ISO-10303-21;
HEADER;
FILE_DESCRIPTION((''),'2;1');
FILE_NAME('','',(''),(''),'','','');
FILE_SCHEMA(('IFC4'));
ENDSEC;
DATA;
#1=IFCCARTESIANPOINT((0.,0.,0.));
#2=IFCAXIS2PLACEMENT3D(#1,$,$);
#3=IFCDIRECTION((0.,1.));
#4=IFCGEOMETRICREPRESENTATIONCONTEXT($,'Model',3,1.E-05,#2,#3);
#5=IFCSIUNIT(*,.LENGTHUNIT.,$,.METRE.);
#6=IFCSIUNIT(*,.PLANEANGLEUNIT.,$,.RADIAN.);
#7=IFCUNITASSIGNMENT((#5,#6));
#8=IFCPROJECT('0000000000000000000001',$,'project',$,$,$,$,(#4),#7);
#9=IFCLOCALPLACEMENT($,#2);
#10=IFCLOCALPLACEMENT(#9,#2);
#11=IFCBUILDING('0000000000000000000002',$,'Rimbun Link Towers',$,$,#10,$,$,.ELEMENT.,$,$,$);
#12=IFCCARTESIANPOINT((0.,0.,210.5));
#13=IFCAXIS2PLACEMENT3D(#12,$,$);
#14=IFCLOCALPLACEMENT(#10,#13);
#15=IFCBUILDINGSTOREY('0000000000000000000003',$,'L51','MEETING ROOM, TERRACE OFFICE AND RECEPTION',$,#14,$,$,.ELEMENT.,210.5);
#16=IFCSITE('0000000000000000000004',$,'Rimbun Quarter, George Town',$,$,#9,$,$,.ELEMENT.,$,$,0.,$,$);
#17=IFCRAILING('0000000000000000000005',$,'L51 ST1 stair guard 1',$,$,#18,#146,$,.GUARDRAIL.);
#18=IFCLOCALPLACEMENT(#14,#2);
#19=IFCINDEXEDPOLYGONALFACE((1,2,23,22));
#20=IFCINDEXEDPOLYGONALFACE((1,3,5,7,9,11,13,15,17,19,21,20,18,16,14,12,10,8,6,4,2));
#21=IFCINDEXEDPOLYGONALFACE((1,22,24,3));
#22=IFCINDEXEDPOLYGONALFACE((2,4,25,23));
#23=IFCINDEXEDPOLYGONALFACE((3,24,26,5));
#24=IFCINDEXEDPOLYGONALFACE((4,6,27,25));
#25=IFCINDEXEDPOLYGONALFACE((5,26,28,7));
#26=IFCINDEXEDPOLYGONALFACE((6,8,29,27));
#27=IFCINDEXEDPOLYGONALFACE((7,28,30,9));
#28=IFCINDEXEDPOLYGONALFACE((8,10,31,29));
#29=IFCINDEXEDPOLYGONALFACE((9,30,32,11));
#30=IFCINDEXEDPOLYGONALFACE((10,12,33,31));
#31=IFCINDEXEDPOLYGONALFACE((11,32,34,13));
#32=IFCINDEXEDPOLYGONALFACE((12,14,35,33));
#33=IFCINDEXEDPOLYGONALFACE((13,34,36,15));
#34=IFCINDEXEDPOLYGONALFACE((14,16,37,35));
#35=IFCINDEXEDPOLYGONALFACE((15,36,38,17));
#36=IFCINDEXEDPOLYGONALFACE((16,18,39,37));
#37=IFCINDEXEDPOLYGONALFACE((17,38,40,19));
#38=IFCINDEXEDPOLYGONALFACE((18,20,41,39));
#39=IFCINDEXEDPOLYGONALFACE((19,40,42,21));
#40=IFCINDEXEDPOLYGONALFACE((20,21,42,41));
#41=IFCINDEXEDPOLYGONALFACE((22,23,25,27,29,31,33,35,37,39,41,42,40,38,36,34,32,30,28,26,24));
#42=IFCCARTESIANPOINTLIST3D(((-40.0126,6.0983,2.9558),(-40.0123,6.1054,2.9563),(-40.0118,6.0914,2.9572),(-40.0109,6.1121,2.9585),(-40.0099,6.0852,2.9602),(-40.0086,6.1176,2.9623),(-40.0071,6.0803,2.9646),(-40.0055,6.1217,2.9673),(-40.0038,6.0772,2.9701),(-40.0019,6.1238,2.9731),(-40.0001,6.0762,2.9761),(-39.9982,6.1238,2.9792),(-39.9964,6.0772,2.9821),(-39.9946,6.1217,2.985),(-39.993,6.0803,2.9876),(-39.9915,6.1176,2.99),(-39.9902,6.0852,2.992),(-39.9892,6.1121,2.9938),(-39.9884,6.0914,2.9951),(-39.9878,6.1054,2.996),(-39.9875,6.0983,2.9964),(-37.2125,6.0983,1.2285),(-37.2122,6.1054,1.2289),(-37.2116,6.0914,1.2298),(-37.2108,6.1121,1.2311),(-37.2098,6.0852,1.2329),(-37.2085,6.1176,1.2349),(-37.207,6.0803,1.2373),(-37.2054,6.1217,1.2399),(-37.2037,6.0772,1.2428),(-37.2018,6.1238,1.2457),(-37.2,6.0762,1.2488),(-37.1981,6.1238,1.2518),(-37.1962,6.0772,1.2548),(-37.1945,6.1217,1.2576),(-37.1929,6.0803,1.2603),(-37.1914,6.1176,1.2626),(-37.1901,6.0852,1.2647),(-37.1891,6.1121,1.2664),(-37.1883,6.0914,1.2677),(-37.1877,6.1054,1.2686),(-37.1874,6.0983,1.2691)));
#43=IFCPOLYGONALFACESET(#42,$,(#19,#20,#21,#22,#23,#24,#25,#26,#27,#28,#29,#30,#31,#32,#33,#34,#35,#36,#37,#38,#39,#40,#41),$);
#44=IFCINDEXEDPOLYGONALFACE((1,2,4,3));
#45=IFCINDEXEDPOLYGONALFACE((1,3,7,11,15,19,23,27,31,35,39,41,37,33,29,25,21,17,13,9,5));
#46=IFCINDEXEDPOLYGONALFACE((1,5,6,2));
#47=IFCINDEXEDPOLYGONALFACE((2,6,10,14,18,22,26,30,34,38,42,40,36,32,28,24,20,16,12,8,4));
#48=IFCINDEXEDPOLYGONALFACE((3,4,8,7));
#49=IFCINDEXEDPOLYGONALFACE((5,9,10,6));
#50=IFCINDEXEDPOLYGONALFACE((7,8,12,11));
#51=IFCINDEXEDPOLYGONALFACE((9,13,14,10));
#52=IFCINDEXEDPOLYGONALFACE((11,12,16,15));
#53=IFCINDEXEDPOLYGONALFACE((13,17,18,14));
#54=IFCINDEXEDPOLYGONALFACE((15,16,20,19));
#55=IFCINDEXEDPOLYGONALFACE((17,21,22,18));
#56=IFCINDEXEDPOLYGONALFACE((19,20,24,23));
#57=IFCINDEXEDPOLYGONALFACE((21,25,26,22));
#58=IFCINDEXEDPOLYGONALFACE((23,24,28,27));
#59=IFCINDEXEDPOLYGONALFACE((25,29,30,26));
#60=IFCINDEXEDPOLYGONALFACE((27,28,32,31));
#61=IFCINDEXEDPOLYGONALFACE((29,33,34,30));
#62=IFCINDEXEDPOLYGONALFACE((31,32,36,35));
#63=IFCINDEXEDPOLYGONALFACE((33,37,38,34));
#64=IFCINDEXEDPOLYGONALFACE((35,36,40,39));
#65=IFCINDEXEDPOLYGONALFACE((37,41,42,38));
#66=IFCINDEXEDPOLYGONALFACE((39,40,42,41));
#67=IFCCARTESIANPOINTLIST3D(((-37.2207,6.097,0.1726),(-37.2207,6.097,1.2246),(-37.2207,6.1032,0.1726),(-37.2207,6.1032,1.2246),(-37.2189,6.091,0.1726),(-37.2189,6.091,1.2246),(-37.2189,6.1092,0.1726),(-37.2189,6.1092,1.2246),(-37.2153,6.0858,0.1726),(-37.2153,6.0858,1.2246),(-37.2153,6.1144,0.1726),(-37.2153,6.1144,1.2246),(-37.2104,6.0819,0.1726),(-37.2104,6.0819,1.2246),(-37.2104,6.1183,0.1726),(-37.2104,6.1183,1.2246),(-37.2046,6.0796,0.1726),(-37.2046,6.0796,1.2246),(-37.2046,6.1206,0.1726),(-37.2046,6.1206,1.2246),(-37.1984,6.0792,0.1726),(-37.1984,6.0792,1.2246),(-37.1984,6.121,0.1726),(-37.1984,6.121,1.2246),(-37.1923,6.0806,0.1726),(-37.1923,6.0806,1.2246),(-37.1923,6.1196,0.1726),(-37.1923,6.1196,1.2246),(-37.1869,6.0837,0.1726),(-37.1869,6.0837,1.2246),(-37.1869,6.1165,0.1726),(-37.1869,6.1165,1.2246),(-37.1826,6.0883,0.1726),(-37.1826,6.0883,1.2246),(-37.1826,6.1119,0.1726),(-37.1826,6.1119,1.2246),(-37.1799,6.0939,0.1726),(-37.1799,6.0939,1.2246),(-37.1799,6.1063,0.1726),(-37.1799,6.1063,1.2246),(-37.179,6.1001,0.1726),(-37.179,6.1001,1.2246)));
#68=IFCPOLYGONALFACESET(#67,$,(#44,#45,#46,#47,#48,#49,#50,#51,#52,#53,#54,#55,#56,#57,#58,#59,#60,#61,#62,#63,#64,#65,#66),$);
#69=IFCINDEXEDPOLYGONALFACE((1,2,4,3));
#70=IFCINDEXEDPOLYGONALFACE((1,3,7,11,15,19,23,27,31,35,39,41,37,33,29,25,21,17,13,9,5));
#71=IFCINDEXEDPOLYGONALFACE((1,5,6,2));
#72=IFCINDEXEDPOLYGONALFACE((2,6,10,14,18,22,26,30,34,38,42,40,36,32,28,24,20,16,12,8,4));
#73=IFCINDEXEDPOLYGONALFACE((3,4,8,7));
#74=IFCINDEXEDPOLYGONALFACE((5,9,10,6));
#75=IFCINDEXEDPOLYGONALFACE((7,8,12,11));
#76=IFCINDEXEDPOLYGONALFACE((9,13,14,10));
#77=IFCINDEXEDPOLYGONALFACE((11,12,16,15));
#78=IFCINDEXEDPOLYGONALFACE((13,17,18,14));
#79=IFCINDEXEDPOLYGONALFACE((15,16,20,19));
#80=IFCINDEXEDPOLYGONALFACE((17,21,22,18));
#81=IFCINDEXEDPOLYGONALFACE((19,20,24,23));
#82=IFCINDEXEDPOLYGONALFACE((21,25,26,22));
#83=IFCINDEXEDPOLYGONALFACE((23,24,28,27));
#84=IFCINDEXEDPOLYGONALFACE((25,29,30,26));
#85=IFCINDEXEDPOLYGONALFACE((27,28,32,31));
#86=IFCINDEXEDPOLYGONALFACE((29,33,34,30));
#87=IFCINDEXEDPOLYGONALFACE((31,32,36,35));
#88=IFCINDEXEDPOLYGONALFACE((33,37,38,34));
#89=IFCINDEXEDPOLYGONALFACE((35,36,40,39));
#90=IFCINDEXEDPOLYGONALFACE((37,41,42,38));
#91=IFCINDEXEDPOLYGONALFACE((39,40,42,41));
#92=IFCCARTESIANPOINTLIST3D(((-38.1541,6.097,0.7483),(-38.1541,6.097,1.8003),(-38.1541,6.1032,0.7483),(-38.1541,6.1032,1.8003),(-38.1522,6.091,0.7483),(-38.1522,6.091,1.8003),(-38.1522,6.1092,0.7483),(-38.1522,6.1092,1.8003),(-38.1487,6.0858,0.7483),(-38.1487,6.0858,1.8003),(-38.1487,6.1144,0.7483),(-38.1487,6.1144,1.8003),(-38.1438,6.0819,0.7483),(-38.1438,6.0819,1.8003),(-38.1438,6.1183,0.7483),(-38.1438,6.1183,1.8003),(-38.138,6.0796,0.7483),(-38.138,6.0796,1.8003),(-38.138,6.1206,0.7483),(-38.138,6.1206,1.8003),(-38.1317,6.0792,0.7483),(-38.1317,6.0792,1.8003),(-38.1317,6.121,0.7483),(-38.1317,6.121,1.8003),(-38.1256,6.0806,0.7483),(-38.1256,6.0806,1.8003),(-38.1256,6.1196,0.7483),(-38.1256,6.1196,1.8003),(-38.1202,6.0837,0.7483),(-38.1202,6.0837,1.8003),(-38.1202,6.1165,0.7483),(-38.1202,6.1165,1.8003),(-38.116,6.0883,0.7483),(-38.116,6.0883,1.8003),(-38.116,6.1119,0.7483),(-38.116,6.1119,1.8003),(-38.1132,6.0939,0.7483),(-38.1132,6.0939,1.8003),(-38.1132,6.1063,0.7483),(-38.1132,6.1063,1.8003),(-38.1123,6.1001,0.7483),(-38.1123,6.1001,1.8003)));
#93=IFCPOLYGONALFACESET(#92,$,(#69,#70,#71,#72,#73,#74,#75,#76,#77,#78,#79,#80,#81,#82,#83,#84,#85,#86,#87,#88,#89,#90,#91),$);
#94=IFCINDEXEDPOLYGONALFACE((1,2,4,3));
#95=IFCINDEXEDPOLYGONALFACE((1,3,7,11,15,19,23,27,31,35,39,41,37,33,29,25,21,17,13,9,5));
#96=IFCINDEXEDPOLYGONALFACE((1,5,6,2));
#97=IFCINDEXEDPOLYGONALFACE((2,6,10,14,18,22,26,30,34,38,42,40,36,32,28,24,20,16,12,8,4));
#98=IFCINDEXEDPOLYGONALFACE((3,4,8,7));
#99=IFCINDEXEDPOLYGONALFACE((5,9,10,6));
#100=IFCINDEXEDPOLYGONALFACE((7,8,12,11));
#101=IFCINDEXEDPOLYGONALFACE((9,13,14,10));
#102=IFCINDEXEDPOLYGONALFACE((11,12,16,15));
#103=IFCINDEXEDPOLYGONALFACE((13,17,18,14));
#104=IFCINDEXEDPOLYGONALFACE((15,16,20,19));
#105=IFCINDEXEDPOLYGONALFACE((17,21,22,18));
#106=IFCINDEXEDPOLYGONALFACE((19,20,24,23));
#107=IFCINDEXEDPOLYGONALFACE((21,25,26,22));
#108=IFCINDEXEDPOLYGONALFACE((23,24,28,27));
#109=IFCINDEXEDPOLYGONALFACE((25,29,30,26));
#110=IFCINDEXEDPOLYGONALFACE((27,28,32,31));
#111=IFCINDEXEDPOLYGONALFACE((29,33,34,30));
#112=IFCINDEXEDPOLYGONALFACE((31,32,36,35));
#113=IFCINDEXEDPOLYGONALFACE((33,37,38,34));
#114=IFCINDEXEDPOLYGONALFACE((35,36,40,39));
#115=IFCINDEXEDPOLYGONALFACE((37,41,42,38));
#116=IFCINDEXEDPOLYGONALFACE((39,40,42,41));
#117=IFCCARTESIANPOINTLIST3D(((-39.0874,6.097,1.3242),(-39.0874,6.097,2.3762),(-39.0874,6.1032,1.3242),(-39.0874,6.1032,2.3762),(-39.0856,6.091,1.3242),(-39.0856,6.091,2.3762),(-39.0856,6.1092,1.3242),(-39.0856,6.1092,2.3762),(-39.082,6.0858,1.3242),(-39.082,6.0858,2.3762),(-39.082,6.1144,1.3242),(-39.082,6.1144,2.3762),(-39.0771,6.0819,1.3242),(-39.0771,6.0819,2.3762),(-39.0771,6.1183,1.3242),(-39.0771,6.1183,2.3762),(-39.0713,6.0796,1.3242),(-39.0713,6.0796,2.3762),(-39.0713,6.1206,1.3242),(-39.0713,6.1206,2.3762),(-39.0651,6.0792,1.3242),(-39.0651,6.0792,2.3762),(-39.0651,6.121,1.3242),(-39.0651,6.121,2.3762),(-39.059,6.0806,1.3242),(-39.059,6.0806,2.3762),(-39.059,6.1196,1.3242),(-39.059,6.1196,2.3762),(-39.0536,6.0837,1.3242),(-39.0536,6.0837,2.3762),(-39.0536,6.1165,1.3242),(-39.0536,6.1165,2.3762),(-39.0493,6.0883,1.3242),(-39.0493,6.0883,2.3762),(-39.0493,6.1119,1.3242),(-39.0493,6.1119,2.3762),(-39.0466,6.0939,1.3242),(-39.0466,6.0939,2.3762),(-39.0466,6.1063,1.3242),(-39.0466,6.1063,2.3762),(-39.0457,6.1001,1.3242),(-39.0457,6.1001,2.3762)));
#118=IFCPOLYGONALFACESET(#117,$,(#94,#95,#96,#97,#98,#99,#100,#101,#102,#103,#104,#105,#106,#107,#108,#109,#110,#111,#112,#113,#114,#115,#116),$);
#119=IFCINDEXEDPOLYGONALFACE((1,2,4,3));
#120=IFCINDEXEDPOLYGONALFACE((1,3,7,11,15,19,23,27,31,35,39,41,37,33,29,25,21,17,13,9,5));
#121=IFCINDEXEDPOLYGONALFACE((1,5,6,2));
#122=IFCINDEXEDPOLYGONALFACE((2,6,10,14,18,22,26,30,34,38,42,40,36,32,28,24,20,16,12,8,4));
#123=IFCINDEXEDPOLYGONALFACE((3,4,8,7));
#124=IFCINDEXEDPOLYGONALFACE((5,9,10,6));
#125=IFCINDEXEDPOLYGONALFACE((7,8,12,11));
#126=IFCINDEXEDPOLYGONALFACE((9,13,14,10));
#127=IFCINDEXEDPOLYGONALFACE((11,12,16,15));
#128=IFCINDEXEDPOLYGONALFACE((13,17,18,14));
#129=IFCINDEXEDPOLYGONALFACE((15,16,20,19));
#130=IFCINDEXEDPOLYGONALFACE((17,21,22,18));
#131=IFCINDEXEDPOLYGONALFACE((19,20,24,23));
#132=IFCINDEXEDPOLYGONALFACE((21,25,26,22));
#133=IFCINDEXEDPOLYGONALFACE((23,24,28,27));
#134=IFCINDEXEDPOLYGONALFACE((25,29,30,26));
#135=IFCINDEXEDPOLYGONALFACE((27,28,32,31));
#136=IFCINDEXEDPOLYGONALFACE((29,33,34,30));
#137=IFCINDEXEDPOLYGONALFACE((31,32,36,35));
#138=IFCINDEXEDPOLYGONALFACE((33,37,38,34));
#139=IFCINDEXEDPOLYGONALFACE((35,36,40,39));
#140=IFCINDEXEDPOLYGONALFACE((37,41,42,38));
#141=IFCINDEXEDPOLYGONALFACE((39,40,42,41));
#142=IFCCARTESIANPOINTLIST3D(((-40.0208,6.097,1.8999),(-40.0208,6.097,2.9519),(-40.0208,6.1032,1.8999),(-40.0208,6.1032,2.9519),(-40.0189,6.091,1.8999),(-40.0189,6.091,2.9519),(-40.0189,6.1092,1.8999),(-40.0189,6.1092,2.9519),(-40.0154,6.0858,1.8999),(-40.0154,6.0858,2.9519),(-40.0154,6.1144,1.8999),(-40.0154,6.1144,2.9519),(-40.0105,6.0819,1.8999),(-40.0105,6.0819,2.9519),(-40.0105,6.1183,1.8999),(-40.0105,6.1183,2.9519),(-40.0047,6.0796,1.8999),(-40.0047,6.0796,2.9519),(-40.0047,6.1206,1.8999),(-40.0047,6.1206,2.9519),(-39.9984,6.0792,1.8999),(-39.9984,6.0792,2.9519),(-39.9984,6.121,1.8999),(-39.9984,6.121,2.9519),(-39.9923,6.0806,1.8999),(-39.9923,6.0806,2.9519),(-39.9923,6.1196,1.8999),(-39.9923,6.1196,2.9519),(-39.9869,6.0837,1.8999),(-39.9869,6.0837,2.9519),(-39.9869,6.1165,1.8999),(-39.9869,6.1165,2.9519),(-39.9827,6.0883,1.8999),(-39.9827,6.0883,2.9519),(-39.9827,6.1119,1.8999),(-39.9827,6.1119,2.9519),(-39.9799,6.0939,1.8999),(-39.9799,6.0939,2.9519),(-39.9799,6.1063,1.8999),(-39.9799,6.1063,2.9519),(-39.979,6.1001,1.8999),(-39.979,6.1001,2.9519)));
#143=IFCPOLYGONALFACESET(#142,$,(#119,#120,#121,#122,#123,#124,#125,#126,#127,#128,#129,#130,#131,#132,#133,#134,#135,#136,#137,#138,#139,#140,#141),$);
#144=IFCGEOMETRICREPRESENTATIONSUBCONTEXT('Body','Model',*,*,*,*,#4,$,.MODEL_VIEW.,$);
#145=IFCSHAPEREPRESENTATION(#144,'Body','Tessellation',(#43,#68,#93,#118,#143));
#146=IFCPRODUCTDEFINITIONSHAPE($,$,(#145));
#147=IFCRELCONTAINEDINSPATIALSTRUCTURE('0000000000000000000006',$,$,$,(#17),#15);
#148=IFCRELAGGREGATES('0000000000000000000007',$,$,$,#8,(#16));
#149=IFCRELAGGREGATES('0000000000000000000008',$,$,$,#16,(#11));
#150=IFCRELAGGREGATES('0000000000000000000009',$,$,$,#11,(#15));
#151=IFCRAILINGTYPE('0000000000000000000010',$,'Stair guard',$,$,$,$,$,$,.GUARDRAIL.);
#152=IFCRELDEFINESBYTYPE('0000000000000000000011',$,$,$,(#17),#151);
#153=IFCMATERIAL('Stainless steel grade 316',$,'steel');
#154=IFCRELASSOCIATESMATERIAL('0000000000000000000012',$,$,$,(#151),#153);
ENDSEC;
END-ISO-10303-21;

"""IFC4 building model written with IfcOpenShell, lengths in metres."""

from ifc_helpers import new_model, si_unit, direction, frame, origin, origin_2d, place, context, subcontext, project, spatial, circle, extrude, material, type_object, element, save


model = new_model("IFC4")

# Units and contexts
model_context = context("Model", 3, precision=1e-05, world=origin(), true_north=direction((0.0, 1.0)))
body_context = subcontext(model_context, "Body", "Model", "MODEL_VIEW")
ifc_project = project(units=[si_unit("LENGTHUNIT", "METRE"), si_unit("PLANEANGLEUNIT", "RADIAN")], contexts=[model_context])

# Site, building, storey
site_placement = place(None, origin())
site = spatial("IfcSite", under=ifc_project, at=site_placement, Name="Rimbun Quarter, George Town", CompositionType="ELEMENT", RefElevation=0.0)
building_placement = place(site_placement, origin())
building = spatial("IfcBuilding", under=site, at=building_placement, Name="Rimbun Link Towers", CompositionType="ELEMENT")
storey_placement = place(building_placement, frame((0.0, 0.0, 210.5)))
storey = spatial("IfcBuildingStorey", under=building, at=storey_placement, Name="L51", Description="MEETING ROOM, TERRACE OFFICE AND RECEPTION", CompositionType="ELEMENT", Elevation=210.5)

# Railing
ifc_material_1 = material(Name="Stainless steel grade 316", Category="steel")
railing_type_1 = type_object("IfcRailingType", Name="Stair guard", PredefinedType="GUARDRAIL", material=ifc_material_1)
railing_1_placement = place(storey_placement, frame((-37.2, 6.1001, 0.1726)))
element("IfcRailing", 1, at=railing_1_placement, inside=storey, type_object=railing_type_1, Name="L51 ST1 stair guard 1", PredefinedType="GUARDRAIL", context=body_context, shape_type="SweptSolid", body=[
    extrude(circle(Radius=0.0239, at=origin_2d()), frame((0.0, 0.0, 1.0762), z_axis=(-0.85109, 0.0, 0.52502), x_axis=(0.0, -1.0, 0.0)), (0.0, 0.0, 1.0), 3.29),
    extrude(circle(Radius=0.021, at=origin_2d()), origin(), (0.0, 0.0, 1.0), 1.052),
    extrude(circle(Radius=0.021, at=origin_2d()), frame((-0.9333, 0.0, 0.5757)), (0.0, 0.0, 1.0), 1.052),
    extrude(circle(Radius=0.021, at=origin_2d()), frame((-1.8667, 0.0, 1.1516)), (0.0, 0.0, 1.0), 1.052),
    extrude(circle(Radius=0.021, at=origin_2d()), frame((-2.8, 0.0, 1.7273)), (0.0, 0.0, 1.0), 1.052),
])

save(model, "model.ifc")
